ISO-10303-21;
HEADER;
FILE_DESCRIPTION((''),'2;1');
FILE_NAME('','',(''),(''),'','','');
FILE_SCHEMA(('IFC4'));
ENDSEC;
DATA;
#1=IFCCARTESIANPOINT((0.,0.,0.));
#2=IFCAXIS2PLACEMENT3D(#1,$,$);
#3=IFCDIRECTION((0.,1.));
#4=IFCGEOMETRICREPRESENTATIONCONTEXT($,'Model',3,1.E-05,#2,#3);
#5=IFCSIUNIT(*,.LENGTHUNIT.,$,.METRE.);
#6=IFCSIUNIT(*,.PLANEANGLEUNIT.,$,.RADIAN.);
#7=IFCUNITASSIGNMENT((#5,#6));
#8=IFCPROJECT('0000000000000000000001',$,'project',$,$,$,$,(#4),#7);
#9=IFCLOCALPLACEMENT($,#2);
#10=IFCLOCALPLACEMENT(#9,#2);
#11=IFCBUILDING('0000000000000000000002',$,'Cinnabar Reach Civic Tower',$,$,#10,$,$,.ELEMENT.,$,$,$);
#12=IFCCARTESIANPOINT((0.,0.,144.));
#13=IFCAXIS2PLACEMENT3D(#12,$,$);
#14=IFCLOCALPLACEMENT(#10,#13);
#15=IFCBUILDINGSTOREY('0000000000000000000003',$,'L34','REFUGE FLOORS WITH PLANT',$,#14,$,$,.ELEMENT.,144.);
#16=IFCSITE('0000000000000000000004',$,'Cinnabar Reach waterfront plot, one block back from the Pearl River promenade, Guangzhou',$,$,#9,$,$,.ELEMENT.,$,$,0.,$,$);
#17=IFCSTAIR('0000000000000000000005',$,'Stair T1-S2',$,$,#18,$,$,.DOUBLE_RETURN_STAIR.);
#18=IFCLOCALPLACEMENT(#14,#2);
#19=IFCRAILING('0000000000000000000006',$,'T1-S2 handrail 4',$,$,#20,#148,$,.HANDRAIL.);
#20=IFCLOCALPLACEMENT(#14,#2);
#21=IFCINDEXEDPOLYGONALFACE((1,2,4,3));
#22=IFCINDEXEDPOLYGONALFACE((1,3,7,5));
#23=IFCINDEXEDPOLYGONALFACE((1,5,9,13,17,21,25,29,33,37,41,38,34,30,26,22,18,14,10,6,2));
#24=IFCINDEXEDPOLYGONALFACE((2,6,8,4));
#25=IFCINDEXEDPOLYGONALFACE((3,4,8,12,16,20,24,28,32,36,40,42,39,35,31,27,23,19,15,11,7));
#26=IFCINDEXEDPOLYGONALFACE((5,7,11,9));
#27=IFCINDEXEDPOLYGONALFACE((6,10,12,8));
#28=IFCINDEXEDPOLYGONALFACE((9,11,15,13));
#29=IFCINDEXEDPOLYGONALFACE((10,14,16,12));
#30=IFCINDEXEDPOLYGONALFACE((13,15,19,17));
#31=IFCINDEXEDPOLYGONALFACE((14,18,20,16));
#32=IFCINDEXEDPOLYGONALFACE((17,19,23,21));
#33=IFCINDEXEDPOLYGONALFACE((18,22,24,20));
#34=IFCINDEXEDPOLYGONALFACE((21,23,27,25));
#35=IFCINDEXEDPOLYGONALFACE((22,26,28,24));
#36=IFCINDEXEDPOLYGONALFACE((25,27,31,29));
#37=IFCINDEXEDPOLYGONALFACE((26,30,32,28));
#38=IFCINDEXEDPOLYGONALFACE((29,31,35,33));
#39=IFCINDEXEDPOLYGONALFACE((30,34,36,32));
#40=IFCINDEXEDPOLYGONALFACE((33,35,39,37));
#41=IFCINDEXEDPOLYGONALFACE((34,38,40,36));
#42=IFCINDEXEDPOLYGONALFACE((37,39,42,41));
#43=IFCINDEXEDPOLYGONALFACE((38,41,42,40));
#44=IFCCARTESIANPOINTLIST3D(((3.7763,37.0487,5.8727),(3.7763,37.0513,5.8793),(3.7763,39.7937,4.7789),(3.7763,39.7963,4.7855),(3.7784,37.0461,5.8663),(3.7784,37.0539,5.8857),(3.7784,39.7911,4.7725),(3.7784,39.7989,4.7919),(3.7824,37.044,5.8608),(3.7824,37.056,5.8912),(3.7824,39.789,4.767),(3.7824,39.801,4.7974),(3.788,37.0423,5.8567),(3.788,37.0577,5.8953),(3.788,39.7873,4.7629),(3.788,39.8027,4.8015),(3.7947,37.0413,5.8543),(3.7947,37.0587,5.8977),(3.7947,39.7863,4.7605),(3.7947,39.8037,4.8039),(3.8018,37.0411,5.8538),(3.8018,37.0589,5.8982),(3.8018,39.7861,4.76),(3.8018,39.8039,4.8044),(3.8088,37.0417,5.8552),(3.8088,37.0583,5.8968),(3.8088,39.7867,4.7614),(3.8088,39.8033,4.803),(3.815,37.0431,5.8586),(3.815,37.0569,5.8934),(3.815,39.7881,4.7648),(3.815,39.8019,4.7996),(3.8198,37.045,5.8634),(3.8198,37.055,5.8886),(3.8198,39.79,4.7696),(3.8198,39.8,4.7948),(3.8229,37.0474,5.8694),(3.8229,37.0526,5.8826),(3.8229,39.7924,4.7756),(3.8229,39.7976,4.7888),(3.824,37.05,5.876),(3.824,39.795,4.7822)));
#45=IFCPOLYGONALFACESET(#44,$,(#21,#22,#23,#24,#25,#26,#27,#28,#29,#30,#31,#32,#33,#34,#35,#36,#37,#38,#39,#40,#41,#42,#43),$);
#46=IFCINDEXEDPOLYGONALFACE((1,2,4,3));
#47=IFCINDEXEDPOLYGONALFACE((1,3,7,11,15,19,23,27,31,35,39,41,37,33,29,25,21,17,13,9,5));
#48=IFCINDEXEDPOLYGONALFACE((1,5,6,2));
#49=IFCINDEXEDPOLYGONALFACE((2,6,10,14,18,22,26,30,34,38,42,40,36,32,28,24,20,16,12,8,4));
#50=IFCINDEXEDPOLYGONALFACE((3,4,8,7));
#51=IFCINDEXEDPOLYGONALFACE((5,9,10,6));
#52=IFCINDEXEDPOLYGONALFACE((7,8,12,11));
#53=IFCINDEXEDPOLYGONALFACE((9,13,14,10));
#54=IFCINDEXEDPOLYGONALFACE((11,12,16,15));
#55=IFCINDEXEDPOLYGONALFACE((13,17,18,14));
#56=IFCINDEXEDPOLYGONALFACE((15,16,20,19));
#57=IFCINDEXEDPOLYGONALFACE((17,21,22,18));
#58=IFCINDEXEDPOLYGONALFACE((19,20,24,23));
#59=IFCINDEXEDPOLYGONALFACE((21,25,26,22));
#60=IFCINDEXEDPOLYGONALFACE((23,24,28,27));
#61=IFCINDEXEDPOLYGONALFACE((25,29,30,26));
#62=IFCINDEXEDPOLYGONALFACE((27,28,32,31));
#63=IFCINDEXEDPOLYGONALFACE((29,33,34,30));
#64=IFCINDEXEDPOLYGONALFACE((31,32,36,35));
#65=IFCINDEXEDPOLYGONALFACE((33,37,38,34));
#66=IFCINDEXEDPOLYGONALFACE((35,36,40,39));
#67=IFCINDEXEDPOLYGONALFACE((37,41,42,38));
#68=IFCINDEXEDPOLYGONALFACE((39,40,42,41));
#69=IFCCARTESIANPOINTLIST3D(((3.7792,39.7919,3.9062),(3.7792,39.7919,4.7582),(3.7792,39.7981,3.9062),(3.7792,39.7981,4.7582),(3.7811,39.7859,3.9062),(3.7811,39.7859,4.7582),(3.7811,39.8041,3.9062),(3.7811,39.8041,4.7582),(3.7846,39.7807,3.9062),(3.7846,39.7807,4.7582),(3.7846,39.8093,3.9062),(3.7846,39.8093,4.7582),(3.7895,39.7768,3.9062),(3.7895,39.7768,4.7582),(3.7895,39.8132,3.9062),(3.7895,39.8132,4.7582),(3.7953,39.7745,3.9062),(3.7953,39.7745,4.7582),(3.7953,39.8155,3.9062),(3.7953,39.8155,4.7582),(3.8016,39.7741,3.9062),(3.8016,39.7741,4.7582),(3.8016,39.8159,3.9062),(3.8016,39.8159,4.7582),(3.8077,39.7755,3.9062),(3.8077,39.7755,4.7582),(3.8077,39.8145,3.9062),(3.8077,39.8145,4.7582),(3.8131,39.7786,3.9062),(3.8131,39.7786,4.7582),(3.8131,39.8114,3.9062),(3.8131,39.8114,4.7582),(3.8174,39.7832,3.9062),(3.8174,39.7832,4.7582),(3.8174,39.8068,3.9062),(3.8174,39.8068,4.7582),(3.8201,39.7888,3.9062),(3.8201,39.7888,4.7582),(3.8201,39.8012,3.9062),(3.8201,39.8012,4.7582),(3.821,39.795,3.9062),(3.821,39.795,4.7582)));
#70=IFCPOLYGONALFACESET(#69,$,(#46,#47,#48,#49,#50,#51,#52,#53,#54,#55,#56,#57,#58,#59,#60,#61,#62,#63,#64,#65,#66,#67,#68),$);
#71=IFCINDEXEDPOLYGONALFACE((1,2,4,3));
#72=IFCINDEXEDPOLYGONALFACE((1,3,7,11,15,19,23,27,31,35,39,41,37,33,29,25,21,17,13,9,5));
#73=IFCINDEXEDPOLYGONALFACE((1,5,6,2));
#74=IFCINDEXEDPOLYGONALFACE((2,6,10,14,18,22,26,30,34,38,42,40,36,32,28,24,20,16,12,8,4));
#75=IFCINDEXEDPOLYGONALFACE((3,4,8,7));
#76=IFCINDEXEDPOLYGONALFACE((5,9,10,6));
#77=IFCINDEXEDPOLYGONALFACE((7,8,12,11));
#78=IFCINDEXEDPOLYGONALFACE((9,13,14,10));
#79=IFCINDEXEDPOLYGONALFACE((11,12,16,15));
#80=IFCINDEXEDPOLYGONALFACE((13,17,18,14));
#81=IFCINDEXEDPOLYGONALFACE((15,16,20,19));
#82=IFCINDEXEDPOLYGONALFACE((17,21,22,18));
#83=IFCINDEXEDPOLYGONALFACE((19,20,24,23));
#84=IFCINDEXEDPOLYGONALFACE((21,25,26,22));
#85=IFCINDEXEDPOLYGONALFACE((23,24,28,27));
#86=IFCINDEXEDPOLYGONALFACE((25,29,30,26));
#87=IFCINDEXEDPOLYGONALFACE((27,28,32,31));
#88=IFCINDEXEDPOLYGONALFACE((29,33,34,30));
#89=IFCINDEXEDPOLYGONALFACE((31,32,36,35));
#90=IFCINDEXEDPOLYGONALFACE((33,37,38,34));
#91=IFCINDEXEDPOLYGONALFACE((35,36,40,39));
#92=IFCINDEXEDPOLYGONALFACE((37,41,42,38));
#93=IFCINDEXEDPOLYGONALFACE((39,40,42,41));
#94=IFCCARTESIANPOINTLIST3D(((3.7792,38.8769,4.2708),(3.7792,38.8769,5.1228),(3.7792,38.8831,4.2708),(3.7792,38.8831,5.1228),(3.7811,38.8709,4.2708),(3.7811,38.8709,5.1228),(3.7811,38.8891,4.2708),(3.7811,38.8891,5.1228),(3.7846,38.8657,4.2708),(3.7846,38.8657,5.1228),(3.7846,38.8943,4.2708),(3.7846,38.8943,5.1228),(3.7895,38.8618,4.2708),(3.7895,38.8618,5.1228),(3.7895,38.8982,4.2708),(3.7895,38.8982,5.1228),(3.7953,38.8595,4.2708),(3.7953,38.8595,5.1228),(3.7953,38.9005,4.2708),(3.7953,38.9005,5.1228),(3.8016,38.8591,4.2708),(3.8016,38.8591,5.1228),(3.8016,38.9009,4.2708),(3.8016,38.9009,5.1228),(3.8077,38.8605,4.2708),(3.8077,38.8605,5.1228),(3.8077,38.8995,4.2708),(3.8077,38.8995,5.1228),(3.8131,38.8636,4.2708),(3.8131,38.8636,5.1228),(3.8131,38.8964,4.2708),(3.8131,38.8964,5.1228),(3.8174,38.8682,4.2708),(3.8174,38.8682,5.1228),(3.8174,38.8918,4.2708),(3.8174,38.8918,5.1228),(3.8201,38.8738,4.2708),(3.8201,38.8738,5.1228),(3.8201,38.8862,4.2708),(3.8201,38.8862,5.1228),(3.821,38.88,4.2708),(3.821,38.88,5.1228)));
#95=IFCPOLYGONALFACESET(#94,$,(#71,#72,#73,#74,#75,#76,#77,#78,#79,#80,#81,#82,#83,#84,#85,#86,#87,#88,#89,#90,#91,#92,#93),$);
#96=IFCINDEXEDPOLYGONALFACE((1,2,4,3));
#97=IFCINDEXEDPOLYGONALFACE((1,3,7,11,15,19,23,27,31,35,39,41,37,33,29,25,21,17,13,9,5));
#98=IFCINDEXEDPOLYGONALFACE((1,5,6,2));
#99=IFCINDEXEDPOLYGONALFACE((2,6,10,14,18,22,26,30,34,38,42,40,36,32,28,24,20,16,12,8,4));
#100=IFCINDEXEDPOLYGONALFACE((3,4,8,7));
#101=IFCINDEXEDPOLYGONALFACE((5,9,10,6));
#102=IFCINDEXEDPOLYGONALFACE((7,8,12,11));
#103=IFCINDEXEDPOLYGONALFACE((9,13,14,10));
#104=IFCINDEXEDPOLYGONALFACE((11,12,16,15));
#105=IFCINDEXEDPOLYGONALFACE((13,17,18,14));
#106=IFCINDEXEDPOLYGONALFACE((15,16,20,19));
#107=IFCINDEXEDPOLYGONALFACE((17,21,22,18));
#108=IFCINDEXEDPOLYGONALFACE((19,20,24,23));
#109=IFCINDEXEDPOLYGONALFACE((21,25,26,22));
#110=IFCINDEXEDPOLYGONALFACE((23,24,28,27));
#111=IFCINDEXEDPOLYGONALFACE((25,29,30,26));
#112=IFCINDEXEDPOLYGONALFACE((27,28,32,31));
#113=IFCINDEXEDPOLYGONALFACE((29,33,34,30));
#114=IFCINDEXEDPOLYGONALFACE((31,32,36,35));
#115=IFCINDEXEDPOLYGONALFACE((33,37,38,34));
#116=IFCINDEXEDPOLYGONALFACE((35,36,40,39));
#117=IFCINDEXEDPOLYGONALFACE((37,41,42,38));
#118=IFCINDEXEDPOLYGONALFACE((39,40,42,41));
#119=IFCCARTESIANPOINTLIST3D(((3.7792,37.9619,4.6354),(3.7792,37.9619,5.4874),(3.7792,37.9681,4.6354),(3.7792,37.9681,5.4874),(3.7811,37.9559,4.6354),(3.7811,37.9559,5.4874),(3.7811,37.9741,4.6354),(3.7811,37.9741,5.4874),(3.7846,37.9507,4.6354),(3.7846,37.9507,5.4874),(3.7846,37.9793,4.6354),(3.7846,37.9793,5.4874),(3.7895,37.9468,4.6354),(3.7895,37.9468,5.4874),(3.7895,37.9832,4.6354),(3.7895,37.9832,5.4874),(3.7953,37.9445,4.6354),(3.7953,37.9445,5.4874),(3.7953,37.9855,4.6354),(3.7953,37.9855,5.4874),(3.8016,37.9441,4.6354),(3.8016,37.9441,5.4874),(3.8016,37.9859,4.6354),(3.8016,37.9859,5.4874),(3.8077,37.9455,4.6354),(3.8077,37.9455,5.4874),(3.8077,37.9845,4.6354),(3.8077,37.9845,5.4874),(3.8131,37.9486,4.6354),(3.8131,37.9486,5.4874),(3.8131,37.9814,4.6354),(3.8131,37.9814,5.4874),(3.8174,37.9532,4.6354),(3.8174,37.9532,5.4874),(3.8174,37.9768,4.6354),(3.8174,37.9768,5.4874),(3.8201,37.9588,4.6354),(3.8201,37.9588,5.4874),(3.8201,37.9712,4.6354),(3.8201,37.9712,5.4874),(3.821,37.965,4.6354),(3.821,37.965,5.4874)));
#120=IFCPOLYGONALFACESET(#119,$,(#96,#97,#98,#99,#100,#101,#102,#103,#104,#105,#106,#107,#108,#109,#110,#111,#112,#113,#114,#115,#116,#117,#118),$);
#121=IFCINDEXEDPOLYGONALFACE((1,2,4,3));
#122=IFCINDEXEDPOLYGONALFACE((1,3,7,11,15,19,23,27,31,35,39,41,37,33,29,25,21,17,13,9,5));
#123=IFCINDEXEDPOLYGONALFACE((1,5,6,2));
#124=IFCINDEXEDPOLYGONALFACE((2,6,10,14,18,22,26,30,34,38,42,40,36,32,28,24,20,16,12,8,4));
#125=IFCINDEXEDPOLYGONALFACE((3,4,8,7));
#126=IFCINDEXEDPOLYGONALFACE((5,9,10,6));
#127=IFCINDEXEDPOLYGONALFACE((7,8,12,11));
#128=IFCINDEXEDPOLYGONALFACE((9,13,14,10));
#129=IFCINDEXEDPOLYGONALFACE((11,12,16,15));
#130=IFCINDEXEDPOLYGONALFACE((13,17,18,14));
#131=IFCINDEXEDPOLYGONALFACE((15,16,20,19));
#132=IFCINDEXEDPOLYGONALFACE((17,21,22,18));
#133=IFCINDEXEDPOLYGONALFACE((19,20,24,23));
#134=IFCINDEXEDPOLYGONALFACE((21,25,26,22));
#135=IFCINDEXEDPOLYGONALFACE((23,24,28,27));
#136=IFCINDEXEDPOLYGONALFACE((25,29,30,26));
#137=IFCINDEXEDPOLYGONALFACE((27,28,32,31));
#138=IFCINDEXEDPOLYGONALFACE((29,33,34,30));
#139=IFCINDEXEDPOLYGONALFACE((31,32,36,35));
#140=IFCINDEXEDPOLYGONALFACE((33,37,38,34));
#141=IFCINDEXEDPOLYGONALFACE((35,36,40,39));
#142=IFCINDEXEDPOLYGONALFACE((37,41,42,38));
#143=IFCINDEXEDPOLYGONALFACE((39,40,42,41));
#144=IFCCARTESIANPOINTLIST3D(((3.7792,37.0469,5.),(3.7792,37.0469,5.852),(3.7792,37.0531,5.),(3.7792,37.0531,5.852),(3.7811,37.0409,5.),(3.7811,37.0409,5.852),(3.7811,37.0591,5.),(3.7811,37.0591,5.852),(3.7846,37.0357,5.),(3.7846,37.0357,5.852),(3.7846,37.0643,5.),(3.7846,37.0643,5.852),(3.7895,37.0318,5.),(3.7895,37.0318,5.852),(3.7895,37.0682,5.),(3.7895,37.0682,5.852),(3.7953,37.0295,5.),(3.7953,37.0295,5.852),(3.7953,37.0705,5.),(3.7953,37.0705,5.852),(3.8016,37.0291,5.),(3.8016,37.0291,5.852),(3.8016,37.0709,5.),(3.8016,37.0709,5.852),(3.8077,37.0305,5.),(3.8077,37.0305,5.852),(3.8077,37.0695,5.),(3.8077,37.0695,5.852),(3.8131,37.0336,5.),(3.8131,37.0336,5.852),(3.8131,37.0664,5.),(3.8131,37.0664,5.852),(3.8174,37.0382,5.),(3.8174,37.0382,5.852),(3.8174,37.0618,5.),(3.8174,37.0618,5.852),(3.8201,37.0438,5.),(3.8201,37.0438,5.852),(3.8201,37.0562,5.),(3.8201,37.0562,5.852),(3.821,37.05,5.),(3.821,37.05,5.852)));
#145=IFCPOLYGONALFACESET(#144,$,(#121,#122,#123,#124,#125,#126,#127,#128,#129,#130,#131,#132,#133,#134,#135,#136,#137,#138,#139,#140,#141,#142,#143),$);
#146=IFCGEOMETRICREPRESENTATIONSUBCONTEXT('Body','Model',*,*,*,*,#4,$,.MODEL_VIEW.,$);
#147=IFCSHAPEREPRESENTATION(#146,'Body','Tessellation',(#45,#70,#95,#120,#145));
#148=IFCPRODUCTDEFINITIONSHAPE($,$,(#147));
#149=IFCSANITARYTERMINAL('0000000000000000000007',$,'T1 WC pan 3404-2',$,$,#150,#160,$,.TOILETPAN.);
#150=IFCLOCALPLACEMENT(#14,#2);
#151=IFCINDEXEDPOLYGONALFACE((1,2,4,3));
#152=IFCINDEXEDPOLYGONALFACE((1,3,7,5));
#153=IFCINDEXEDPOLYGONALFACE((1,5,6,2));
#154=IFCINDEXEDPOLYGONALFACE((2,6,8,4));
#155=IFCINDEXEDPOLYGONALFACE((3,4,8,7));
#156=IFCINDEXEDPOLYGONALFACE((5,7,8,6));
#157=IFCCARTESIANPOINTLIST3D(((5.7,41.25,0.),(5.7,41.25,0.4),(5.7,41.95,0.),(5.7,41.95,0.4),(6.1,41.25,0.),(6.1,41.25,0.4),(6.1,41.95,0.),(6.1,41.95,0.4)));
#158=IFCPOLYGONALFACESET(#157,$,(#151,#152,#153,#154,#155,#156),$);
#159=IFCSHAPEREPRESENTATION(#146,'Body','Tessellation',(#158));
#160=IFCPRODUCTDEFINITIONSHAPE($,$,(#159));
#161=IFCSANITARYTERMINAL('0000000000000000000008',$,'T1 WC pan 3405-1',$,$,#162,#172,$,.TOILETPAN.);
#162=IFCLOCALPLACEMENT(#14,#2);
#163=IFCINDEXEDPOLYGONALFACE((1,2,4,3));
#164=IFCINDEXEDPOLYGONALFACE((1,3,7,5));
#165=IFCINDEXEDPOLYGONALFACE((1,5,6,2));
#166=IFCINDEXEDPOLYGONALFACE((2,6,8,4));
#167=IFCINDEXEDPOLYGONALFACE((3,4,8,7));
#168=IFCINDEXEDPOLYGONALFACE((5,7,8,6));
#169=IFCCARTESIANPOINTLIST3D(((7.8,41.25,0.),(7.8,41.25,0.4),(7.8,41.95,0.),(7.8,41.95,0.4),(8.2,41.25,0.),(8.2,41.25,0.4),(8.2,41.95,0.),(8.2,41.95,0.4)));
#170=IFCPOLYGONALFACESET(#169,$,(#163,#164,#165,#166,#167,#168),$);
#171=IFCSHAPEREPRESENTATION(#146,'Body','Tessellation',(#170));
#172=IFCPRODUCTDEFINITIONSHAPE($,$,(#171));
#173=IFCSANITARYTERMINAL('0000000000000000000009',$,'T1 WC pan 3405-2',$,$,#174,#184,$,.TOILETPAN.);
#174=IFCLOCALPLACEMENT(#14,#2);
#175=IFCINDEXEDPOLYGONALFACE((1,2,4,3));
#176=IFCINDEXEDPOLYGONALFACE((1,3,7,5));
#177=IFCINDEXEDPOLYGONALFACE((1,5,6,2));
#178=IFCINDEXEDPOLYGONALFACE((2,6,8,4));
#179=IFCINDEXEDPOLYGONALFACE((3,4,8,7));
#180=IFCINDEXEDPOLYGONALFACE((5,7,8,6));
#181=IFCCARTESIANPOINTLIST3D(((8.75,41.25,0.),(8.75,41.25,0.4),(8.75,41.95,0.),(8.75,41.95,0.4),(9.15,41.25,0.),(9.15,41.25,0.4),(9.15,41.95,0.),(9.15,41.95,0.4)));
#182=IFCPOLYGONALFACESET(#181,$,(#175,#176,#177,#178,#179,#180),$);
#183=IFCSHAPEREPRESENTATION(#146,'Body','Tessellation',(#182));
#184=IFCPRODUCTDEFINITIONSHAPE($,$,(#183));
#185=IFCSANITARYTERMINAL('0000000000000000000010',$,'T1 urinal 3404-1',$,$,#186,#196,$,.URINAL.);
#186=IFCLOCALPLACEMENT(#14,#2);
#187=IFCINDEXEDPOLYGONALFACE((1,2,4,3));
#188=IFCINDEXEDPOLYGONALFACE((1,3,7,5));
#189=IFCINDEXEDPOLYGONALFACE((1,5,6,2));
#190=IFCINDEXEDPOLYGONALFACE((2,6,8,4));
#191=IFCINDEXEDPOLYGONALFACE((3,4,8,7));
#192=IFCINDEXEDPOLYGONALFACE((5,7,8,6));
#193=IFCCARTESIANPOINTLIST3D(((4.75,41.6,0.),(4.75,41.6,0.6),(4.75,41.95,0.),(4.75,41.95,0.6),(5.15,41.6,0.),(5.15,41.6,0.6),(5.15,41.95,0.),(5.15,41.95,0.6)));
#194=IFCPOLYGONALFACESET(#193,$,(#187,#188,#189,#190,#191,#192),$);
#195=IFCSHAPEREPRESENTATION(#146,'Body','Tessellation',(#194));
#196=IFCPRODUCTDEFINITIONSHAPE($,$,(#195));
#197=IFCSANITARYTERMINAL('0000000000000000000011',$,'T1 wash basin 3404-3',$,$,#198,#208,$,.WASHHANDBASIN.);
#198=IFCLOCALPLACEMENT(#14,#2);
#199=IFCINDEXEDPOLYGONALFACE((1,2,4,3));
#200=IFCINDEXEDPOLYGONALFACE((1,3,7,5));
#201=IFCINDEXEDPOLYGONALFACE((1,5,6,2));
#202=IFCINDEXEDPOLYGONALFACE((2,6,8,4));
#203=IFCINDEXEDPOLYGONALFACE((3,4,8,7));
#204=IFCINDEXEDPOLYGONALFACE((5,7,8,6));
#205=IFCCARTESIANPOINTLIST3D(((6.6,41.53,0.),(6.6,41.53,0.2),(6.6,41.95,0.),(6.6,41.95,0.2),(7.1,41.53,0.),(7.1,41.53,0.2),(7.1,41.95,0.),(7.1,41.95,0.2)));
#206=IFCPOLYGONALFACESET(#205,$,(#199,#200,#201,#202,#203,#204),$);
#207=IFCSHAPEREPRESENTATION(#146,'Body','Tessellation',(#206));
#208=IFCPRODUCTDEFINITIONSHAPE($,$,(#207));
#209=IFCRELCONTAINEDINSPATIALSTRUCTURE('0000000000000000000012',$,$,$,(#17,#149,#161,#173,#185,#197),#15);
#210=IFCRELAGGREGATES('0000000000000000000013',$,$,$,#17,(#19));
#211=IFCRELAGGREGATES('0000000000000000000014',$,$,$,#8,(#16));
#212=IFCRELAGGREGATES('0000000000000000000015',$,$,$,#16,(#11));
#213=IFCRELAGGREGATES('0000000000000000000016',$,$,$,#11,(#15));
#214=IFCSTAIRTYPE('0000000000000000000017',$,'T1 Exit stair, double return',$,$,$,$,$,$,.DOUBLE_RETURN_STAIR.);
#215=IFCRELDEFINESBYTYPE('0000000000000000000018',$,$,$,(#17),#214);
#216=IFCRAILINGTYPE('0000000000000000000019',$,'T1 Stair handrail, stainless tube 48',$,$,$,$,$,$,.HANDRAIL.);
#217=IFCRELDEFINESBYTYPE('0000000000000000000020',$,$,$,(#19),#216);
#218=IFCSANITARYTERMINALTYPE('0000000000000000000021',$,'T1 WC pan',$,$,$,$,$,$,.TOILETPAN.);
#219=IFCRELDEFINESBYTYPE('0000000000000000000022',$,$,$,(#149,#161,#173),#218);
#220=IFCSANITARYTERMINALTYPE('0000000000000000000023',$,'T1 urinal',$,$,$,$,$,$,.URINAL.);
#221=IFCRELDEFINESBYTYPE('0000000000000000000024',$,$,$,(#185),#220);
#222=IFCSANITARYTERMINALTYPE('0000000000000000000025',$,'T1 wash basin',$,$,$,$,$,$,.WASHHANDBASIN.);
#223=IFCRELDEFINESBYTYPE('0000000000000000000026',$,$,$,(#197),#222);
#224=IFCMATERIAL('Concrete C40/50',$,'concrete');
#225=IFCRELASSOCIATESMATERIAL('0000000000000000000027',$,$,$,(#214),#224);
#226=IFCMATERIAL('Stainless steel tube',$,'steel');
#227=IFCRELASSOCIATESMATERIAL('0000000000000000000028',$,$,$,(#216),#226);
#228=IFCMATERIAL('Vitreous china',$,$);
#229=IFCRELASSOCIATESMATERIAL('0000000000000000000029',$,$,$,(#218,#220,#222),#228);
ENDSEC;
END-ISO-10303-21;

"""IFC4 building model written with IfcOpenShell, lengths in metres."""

from ifc_helpers import new_model, si_unit, direction, frame, origin, origin_2d, place, context, subcontext, project, spatial, rectangle, circle, extrude, material, type_object, element, aggregate, save


model = new_model("IFC4")

# Units and contexts
model_context = context("Model", 3, precision=1e-05, world=origin(), true_north=direction((0.0, 1.0)))
body_context = subcontext(model_context, "Body", "Model", "MODEL_VIEW")
ifc_project = project(units=[si_unit("LENGTHUNIT", "METRE"), si_unit("PLANEANGLEUNIT", "RADIAN")], contexts=[model_context])

# Site, building, storey
site_placement = place(None, origin())
site = spatial("IfcSite", under=ifc_project, at=site_placement, Name="Cinnabar Reach waterfront plot, one block back from the Pearl River promenade, Guangzhou", CompositionType="ELEMENT", RefElevation=0.0)
building_placement = place(site_placement, origin())
building = spatial("IfcBuilding", under=site, at=building_placement, Name="Cinnabar Reach Civic Tower", CompositionType="ELEMENT")
storey_placement = place(building_placement, frame((0.0, 0.0, 144.0)))
storey = spatial("IfcBuildingStorey", under=building, at=storey_placement, Name="L34", Description="REFUGE FLOORS WITH PLANT", CompositionType="ELEMENT", Elevation=144.0)

# Stair, railing
ifc_material_1 = material(Name="Concrete C40/50", Category="concrete")
stair_type = type_object("IfcStairType", Name="T1 Exit stair, double return", PredefinedType="DOUBLE_RETURN_STAIR", material=ifc_material_1)
stair_placement = place(storey_placement, origin())
stair = element("IfcStair", 1, at=stair_placement, inside=storey, type_object=stair_type, Name="Stair T1-S2", PredefinedType="DOUBLE_RETURN_STAIR")
ifc_material_2 = material(Name="Stainless steel tube", Category="steel")
railing_type = type_object("IfcRailingType", Name="T1 Stair handrail, stainless tube 48", PredefinedType="HANDRAIL", material=ifc_material_2)
railing_1_placement = place(storey_placement, frame((3.8, 39.795, 3.9062)))
railing_1 = element("IfcRailing", 2, at=railing_1_placement, type_object=railing_type, Name="T1-S2 handrail 4", PredefinedType="HANDRAIL", context=body_context, shape_type="SweptSolid", body=[
    extrude(circle(Radius=0.024, at=origin_2d()), frame((0.0, 0.0, 0.876), z_axis=(0.0, -0.928966, 0.370165), x_axis=(1.0, 0.0, 0.0)), (0.0, 0.0, 1.0), 2.9549),
    extrude(circle(Radius=0.021, at=origin_2d()), origin(), (0.0, 0.0, 1.0), 0.852),
    extrude(circle(Radius=0.021, at=origin_2d()), frame((0.0, -0.915, 0.3646)), (0.0, 0.0, 1.0), 0.852),
    extrude(circle(Radius=0.021, at=origin_2d()), frame((0.0, -1.83, 0.7292)), (0.0, 0.0, 1.0), 0.852),
    extrude(circle(Radius=0.021, at=origin_2d()), frame((0.0, -2.745, 1.0938)), (0.0, 0.0, 1.0), 0.852),
])
aggregate(stair, [railing_1])

# Sanitary terminals
ifc_material_3 = material(Name="Vitreous china")
sanitary_terminal_type_1 = type_object("IfcSanitaryTerminalType", Name="T1 WC pan", PredefinedType="TOILETPAN", material=ifc_material_3)
for number, where, z_axis, x_axis, name in (
    (3, (5.9, 41.6, 0.0), (0.0, 0.0, 1.0), (1.0, 0.0, 0.0), "T1 WC pan 3404-2"),
    (4, (8.0, 41.6, 0.0), (0.0, 0.0, 1.0), (1.0, 0.0, 0.0), "T1 WC pan 3405-1"),
    (5, (8.95, 41.6, 0.0), (0.0, 0.0, 1.0), (1.0, 0.0, 0.0), "T1 WC pan 3405-2"),
):
    element("IfcSanitaryTerminal", number, at=place(storey_placement, frame(where, z_axis=z_axis, x_axis=x_axis)), inside=storey, type_object=sanitary_terminal_type_1, Name=name, PredefinedType="TOILETPAN", context=body_context, shape_type="SweptSolid", body=[
        extrude(rectangle(XDim=0.4, YDim=0.7, at=origin_2d()), origin(), (0.0, 0.0, 1.0), 0.4),
    ])
sanitary_terminal_type_2 = type_object("IfcSanitaryTerminalType", Name="T1 urinal", PredefinedType="URINAL", material=ifc_material_3)
sanitary_terminal_1_placement = place(storey_placement, frame((4.95, 41.775, 0.0), z_axis=(0.0, 0.0, 1.0), x_axis=(1.0, 0.0, 0.0)))
element("IfcSanitaryTerminal", 6, at=sanitary_terminal_1_placement, inside=storey, type_object=sanitary_terminal_type_2, Name="T1 urinal 3404-1", PredefinedType="URINAL", context=body_context, shape_type="SweptSolid", body=[
    extrude(rectangle(XDim=0.4, YDim=0.35, at=origin_2d()), origin(), (0.0, 0.0, 1.0), 0.6),
])
sanitary_terminal_type_3 = type_object("IfcSanitaryTerminalType", Name="T1 wash basin", PredefinedType="WASHHANDBASIN", material=ifc_material_3)
sanitary_terminal_2_placement = place(storey_placement, frame((6.85, 41.74, 0.0), z_axis=(0.0, 0.0, 1.0), x_axis=(1.0, 0.0, 0.0)))
element("IfcSanitaryTerminal", 7, at=sanitary_terminal_2_placement, inside=storey, type_object=sanitary_terminal_type_3, Name="T1 wash basin 3404-3", PredefinedType="WASHHANDBASIN", context=body_context, shape_type="SweptSolid", body=[
    extrude(rectangle(XDim=0.5, YDim=0.42, at=origin_2d()), origin(), (0.0, 0.0, 1.0), 0.2),
])

save(model, "model.ifc")
